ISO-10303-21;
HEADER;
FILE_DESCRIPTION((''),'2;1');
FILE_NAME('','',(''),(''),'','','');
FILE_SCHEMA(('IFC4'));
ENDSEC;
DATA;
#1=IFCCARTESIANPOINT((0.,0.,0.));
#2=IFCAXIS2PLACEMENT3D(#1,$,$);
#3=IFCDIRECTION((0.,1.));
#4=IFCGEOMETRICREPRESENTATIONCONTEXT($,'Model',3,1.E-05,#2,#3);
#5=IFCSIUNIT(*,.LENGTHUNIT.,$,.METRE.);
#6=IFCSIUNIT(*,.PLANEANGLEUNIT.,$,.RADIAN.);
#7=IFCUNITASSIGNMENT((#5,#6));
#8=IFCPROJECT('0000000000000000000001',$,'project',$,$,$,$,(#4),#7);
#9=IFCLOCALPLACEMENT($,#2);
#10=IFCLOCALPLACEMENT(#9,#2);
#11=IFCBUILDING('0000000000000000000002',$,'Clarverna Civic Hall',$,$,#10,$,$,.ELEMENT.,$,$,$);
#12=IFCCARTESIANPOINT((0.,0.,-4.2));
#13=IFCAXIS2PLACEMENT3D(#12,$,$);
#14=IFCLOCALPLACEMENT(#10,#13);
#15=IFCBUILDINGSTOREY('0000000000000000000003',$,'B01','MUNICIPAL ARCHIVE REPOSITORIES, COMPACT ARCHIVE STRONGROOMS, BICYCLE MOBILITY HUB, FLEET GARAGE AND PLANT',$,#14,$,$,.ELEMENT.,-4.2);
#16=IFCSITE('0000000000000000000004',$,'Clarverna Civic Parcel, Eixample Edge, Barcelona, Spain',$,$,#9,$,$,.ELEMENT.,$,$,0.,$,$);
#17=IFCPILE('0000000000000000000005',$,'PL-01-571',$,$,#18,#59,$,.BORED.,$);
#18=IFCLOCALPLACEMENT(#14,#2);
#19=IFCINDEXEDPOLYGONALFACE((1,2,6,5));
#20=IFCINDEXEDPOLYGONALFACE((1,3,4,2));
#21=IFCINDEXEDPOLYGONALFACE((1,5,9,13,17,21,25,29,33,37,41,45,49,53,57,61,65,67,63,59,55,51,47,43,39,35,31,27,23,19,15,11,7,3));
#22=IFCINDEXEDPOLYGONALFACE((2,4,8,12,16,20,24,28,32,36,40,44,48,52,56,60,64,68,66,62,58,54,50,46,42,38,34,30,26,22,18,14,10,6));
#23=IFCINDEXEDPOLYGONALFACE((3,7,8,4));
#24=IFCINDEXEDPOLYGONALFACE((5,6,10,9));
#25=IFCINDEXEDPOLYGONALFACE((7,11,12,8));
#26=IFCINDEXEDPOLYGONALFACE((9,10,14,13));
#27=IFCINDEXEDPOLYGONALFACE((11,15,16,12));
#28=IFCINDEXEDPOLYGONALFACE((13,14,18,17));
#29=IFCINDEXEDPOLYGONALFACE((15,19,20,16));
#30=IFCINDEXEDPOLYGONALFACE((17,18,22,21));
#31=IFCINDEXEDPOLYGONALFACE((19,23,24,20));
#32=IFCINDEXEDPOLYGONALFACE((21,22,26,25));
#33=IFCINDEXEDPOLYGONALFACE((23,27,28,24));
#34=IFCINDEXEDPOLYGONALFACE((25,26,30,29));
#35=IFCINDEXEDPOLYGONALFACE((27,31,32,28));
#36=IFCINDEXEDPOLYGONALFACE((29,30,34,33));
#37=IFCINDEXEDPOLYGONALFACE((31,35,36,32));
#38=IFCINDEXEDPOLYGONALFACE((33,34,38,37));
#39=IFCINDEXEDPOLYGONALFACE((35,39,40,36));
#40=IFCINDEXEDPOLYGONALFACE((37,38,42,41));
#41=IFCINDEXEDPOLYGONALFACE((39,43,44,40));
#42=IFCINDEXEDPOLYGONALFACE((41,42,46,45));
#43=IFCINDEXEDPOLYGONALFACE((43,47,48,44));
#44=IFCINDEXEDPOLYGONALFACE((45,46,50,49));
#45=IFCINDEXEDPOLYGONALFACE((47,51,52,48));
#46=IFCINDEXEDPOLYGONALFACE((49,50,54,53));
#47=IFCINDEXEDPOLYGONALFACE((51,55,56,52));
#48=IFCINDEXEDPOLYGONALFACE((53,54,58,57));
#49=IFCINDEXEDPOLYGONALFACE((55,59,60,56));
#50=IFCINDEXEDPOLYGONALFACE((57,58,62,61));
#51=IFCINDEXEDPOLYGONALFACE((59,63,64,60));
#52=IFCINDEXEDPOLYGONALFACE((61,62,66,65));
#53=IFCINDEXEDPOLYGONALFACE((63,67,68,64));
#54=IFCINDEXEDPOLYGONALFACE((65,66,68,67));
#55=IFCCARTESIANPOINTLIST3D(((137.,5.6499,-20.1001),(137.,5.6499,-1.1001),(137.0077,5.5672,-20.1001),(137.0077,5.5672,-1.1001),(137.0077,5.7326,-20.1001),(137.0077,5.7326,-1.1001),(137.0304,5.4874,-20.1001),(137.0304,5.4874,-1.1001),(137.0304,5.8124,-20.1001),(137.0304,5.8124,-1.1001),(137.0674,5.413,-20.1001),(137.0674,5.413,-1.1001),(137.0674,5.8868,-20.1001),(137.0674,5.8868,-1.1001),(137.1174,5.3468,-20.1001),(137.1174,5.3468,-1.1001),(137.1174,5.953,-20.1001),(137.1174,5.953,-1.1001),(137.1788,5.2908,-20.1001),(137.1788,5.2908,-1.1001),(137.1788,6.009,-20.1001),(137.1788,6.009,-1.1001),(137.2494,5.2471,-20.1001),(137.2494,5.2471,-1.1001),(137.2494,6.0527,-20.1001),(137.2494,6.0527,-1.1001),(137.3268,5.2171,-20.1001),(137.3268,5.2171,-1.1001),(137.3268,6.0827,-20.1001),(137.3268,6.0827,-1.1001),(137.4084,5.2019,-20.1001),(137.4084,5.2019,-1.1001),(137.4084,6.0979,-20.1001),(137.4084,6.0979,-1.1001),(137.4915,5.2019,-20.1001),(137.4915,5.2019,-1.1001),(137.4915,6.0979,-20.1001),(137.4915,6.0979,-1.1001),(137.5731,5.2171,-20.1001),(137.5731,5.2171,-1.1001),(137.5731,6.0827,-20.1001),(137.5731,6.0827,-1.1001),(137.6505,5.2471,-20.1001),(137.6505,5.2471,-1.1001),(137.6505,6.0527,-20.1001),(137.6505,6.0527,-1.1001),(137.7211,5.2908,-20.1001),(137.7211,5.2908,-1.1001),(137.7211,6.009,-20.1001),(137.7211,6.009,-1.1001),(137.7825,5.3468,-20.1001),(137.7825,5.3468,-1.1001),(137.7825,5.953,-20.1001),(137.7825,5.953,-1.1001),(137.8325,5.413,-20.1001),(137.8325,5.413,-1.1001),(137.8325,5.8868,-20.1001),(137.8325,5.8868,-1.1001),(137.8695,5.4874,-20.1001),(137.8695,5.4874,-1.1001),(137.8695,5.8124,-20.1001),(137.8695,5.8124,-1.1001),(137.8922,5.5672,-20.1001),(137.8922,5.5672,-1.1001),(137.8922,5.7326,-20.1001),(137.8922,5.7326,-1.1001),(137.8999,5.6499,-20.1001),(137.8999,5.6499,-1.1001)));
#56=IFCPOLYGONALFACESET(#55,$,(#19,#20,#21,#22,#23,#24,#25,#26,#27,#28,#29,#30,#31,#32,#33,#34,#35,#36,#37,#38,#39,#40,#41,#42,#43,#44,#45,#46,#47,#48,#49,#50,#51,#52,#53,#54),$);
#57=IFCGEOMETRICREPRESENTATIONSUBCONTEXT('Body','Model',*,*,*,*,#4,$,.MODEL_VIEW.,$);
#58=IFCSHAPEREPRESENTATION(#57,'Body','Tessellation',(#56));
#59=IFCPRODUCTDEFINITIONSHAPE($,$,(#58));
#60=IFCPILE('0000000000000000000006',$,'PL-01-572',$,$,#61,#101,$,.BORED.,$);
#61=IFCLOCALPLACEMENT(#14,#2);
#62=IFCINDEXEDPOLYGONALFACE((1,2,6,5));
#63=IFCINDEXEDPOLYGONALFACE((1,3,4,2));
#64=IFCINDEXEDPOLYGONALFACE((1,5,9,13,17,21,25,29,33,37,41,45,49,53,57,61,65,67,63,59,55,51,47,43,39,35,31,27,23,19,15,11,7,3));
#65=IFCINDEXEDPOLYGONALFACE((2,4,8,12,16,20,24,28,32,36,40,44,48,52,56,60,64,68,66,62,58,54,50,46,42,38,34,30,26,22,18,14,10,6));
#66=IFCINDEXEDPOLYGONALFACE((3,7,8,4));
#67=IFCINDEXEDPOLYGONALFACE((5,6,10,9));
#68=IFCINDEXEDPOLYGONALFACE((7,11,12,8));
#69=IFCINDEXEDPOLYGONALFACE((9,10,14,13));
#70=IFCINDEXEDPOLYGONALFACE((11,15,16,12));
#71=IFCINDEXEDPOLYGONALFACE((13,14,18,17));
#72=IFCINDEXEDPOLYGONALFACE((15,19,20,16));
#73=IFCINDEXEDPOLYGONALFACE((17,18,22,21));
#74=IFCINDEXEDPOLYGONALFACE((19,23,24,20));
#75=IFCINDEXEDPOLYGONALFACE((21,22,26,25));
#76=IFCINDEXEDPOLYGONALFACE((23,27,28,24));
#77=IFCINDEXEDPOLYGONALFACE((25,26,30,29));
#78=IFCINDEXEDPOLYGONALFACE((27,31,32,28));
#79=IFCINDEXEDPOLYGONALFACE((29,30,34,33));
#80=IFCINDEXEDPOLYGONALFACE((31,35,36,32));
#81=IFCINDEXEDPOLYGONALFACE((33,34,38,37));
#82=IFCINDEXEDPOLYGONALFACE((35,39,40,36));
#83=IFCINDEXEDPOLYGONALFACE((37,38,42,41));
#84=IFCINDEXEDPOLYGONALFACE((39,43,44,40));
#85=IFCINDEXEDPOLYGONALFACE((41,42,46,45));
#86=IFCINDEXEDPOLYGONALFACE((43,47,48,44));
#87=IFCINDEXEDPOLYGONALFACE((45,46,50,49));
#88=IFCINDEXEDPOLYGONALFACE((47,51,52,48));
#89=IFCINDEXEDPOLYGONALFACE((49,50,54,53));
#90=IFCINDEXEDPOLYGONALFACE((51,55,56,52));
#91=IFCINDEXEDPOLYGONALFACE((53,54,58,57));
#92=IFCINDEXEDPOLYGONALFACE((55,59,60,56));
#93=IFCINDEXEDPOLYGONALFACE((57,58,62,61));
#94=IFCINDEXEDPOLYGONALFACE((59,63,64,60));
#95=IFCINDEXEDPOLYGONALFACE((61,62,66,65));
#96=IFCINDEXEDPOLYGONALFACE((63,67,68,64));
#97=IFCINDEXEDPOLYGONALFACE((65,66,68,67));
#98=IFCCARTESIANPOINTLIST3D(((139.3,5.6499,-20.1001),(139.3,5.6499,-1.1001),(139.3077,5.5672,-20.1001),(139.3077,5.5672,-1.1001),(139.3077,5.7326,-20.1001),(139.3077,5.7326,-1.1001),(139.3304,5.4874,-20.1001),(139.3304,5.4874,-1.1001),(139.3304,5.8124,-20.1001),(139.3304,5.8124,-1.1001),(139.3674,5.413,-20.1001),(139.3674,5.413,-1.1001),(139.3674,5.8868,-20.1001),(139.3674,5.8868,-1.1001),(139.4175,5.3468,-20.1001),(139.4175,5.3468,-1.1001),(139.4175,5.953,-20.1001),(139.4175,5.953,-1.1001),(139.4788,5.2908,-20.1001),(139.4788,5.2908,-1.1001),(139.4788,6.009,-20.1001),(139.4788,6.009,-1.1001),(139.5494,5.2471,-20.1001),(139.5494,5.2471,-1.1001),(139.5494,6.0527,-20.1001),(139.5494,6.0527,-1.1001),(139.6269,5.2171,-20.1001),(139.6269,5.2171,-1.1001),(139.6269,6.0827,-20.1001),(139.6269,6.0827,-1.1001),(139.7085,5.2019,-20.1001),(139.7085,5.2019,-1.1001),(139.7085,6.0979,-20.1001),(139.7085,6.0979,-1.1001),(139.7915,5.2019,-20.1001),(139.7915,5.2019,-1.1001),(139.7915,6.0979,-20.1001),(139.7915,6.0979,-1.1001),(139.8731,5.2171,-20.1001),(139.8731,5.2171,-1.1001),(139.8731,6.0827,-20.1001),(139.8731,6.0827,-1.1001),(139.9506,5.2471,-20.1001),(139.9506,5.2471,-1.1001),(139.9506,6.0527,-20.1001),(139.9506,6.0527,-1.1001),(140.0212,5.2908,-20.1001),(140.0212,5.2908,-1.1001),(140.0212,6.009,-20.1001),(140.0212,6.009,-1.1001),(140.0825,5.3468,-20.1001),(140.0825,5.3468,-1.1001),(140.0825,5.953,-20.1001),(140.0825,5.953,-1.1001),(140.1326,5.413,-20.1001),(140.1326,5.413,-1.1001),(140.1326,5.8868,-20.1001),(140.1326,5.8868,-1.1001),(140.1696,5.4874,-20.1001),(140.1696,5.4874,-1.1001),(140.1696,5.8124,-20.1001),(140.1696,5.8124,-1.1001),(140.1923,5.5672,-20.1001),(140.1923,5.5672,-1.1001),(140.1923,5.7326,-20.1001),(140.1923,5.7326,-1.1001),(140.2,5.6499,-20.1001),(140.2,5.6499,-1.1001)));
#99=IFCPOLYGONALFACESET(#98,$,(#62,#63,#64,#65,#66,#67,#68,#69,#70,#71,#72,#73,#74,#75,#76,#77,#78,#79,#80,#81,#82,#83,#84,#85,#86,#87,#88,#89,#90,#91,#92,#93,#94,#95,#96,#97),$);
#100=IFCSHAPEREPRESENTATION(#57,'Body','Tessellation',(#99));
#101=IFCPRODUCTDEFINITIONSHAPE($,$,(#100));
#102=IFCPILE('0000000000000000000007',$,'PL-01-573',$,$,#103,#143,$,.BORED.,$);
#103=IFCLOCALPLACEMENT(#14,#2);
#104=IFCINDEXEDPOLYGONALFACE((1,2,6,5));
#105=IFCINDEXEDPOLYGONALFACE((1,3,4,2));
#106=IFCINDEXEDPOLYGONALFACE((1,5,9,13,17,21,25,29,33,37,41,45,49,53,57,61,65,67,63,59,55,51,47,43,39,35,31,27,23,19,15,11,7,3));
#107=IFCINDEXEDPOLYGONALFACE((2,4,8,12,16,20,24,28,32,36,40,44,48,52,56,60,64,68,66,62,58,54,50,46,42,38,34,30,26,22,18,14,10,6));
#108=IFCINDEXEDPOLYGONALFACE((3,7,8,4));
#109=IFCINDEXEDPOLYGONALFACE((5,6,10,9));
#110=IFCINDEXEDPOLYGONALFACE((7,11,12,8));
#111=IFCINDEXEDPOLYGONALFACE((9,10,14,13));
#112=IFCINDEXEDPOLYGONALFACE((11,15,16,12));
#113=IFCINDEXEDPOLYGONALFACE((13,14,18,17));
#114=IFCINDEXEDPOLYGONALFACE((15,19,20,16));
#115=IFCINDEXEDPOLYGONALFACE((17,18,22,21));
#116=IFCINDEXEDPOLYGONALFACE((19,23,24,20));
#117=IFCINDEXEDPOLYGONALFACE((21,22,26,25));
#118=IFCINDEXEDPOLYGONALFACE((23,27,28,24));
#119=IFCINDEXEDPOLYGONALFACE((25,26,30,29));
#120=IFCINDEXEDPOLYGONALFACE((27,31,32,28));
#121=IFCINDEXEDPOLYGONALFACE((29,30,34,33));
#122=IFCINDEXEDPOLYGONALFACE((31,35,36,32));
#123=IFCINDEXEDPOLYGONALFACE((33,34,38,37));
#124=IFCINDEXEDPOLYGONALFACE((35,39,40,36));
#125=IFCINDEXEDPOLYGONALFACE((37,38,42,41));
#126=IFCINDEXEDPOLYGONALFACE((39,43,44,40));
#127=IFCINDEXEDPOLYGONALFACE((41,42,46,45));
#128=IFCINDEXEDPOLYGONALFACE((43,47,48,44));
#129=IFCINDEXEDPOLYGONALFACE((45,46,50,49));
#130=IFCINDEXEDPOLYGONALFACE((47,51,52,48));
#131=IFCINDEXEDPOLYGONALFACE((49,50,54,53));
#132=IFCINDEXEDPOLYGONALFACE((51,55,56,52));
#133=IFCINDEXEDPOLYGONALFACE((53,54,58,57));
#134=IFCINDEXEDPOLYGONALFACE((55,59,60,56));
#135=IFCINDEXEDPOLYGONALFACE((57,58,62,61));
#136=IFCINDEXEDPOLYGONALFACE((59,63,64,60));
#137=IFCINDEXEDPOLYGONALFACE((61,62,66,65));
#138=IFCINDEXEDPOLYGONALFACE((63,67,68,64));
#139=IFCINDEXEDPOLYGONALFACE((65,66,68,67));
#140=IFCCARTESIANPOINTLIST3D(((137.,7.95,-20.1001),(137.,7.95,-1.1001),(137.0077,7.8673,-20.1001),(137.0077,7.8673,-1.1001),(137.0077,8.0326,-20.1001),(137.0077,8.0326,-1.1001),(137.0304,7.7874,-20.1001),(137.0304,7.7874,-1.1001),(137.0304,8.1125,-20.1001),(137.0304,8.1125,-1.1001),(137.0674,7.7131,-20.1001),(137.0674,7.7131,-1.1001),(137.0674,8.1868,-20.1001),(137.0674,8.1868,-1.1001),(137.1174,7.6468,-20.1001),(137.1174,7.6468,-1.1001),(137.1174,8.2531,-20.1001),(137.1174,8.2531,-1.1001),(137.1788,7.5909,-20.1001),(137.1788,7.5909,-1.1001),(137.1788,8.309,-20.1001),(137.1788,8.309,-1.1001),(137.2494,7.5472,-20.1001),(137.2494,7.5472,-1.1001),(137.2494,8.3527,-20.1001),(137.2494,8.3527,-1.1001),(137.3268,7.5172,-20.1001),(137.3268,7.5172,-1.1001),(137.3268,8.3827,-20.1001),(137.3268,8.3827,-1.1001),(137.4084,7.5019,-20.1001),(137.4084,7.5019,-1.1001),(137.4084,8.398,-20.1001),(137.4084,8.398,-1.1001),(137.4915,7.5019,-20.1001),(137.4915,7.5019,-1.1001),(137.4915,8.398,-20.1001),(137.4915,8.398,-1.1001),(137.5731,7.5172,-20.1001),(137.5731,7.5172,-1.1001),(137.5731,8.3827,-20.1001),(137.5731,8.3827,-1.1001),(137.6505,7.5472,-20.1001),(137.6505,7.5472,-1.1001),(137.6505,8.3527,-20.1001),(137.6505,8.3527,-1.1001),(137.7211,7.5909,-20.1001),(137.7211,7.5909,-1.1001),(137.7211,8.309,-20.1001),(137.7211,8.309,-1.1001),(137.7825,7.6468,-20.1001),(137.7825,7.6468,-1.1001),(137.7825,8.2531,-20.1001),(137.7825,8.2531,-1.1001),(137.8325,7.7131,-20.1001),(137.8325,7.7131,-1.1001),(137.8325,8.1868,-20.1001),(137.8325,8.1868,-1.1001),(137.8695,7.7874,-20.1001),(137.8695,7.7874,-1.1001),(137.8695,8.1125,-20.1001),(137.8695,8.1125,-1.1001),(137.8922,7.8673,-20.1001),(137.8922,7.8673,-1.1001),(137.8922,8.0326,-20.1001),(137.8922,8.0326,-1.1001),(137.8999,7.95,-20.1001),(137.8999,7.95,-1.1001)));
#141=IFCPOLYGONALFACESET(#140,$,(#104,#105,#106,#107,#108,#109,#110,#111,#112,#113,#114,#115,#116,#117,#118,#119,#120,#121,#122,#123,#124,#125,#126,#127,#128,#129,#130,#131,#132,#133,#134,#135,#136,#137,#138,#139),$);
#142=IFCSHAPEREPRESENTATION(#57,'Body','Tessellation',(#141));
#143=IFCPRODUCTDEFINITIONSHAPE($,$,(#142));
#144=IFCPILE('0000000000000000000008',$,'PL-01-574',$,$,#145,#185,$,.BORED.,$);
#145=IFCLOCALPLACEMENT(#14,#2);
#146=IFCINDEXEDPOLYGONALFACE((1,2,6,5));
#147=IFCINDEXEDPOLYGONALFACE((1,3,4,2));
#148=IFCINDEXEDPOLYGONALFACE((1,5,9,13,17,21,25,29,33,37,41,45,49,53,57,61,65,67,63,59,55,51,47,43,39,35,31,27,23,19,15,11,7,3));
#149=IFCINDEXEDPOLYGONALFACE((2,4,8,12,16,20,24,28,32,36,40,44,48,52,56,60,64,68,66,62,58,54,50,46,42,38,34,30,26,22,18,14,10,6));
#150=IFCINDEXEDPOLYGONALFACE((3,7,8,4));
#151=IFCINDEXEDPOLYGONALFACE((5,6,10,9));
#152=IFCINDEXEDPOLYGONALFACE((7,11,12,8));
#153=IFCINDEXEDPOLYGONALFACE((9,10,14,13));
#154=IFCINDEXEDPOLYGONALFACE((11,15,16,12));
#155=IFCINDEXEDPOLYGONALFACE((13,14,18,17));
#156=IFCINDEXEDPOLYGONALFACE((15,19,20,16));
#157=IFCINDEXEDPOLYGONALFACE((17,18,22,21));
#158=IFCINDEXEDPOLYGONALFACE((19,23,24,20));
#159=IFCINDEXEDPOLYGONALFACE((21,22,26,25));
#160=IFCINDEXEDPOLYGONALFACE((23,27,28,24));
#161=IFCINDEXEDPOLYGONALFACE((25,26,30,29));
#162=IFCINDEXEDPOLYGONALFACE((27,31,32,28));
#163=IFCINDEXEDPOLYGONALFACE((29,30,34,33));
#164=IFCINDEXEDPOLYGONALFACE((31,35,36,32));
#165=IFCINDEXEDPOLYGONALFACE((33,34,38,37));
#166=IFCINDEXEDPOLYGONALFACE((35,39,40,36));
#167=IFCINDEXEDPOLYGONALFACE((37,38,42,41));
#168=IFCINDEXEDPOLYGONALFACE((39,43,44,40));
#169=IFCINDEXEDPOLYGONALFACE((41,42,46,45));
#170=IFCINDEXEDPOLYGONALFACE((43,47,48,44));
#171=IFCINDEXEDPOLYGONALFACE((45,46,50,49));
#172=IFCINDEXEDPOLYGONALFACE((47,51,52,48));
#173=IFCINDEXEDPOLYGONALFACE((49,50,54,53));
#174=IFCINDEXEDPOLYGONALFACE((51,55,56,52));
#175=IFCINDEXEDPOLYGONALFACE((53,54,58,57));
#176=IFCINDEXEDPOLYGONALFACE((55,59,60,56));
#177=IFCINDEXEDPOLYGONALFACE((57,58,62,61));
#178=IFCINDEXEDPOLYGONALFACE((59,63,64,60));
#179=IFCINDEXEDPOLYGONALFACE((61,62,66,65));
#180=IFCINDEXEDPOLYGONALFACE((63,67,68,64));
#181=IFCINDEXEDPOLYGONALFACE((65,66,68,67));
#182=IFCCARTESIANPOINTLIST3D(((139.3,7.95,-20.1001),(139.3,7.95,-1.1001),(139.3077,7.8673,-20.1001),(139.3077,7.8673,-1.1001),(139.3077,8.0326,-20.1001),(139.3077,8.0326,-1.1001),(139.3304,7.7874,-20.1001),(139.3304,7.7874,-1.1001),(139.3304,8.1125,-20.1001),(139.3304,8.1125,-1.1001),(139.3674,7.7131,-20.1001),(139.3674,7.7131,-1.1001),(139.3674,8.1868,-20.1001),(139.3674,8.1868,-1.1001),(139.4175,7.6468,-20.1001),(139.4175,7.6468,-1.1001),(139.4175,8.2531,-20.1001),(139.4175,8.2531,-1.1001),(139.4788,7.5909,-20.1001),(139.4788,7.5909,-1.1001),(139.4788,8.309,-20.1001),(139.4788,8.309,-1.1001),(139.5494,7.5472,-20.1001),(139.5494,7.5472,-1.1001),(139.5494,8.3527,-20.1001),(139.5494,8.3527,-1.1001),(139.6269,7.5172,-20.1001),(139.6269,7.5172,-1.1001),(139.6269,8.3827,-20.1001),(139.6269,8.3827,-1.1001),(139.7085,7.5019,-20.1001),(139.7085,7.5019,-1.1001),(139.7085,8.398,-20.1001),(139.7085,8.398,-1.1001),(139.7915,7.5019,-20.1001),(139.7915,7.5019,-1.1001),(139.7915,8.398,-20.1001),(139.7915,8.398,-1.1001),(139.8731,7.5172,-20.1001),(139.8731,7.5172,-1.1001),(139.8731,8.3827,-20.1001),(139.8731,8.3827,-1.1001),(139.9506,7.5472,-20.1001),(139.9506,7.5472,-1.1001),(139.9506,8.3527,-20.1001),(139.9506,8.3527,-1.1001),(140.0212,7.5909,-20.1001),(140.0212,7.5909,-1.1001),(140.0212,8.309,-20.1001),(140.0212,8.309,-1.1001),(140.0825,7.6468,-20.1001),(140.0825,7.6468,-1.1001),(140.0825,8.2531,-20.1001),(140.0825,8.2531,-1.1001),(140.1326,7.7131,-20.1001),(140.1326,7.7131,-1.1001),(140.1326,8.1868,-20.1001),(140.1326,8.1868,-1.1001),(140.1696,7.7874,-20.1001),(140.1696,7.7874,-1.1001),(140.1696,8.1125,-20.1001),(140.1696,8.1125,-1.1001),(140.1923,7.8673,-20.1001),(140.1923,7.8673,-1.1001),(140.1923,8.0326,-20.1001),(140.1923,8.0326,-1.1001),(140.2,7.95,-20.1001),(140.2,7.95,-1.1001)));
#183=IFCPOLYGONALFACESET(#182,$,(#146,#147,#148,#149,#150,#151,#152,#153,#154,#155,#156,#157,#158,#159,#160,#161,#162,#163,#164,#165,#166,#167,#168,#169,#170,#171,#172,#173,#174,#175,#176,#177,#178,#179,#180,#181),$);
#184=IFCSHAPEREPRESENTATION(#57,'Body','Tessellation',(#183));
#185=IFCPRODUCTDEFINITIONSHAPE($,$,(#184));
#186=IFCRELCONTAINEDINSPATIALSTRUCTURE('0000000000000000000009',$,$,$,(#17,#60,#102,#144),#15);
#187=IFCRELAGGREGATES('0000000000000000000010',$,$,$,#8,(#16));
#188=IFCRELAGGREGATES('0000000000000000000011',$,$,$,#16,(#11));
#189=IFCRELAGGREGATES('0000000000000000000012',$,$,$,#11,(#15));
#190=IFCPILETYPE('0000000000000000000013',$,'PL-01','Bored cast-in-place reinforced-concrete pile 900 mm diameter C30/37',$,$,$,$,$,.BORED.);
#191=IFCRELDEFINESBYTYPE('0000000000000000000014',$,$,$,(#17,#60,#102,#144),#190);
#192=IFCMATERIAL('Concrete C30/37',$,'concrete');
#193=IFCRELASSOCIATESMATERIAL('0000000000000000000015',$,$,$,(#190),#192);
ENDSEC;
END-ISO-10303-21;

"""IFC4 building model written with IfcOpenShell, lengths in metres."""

from ifc_helpers import new_model, si_unit, direction, frame, origin, origin_2d, place, context, subcontext, project, spatial, circle, extrude, material, material_profile, profile_set, type_object, element, save


model = new_model("IFC4")

# Units and contexts
model_context = context("Model", 3, precision=1e-05, world=origin(), true_north=direction((0.0, 1.0)))
body_context = subcontext(model_context, "Body", "Model", "MODEL_VIEW")
ifc_project = project(units=[si_unit("LENGTHUNIT", "METRE"), si_unit("PLANEANGLEUNIT", "RADIAN")], contexts=[model_context])

# Site, building, storey
site_placement = place(None, origin())
site = spatial("IfcSite", under=ifc_project, at=site_placement, Name="Clarverna Civic Parcel, Eixample Edge, Barcelona, Spain", CompositionType="ELEMENT", RefElevation=0.0)
building_placement = place(site_placement, origin())
building = spatial("IfcBuilding", under=site, at=building_placement, Name="Clarverna Civic Hall", CompositionType="ELEMENT")
storey_placement = place(building_placement, frame((0.0, 0.0, -4.2)))
storey = spatial("IfcBuildingStorey", under=building, at=storey_placement, Name="B01", Description="MUNICIPAL ARCHIVE REPOSITORIES, COMPACT ARCHIVE STRONGROOMS, BICYCLE MOBILITY HUB, FLEET GARAGE AND PLANT", CompositionType="ELEMENT", Elevation=-4.2)

# Shared definitions
ifc_material_1 = material(Name="Concrete C30/37", Category="concrete")

# Piles
ifc_material_profile_1 = material_profile(ifc_material_1, circle(Radius=0.45, at=origin_2d()), Name="BORED PILE D900")
ifc_profile_set_1 = profile_set([ifc_material_profile_1], Name="Concrete C30/37")
pile_type = type_object("IfcPileType", Name="PL-01", Description="Bored cast-in-place reinforced-concrete pile 900 mm diameter C30/37", PredefinedType="BORED", material=ifc_profile_set_1)
for number, where, z_axis, x_axis, name in (
    (1, (137.45, 5.6499, -1.1001), (0.0, 0.0, -1.0), (1.0, 0.0, 0.0), "PL-01-571"),
    (2, (139.75, 5.6499, -1.1001), (0.0, 0.0, -1.0), (1.0, 0.0, 0.0), "PL-01-572"),
    (3, (137.45, 7.95, -1.1001), (0.0, 0.0, -1.0), (1.0, 0.0, 0.0), "PL-01-573"),
    (4, (139.75, 7.95, -1.1001), (0.0, 0.0, -1.0), (1.0, 0.0, 0.0), "PL-01-574"),
):
    element("IfcPile", number, at=place(storey_placement, frame(where, z_axis=z_axis, x_axis=x_axis)), inside=storey, type_object=pile_type, Name=name, PredefinedType="BORED", context=body_context, shape_type="SweptSolid", body=[
        extrude(circle(Radius=0.45, at=origin_2d()), origin(), (0.0, 0.0, 1.0), 19.0),
    ])

save(model, "model.ifc")
